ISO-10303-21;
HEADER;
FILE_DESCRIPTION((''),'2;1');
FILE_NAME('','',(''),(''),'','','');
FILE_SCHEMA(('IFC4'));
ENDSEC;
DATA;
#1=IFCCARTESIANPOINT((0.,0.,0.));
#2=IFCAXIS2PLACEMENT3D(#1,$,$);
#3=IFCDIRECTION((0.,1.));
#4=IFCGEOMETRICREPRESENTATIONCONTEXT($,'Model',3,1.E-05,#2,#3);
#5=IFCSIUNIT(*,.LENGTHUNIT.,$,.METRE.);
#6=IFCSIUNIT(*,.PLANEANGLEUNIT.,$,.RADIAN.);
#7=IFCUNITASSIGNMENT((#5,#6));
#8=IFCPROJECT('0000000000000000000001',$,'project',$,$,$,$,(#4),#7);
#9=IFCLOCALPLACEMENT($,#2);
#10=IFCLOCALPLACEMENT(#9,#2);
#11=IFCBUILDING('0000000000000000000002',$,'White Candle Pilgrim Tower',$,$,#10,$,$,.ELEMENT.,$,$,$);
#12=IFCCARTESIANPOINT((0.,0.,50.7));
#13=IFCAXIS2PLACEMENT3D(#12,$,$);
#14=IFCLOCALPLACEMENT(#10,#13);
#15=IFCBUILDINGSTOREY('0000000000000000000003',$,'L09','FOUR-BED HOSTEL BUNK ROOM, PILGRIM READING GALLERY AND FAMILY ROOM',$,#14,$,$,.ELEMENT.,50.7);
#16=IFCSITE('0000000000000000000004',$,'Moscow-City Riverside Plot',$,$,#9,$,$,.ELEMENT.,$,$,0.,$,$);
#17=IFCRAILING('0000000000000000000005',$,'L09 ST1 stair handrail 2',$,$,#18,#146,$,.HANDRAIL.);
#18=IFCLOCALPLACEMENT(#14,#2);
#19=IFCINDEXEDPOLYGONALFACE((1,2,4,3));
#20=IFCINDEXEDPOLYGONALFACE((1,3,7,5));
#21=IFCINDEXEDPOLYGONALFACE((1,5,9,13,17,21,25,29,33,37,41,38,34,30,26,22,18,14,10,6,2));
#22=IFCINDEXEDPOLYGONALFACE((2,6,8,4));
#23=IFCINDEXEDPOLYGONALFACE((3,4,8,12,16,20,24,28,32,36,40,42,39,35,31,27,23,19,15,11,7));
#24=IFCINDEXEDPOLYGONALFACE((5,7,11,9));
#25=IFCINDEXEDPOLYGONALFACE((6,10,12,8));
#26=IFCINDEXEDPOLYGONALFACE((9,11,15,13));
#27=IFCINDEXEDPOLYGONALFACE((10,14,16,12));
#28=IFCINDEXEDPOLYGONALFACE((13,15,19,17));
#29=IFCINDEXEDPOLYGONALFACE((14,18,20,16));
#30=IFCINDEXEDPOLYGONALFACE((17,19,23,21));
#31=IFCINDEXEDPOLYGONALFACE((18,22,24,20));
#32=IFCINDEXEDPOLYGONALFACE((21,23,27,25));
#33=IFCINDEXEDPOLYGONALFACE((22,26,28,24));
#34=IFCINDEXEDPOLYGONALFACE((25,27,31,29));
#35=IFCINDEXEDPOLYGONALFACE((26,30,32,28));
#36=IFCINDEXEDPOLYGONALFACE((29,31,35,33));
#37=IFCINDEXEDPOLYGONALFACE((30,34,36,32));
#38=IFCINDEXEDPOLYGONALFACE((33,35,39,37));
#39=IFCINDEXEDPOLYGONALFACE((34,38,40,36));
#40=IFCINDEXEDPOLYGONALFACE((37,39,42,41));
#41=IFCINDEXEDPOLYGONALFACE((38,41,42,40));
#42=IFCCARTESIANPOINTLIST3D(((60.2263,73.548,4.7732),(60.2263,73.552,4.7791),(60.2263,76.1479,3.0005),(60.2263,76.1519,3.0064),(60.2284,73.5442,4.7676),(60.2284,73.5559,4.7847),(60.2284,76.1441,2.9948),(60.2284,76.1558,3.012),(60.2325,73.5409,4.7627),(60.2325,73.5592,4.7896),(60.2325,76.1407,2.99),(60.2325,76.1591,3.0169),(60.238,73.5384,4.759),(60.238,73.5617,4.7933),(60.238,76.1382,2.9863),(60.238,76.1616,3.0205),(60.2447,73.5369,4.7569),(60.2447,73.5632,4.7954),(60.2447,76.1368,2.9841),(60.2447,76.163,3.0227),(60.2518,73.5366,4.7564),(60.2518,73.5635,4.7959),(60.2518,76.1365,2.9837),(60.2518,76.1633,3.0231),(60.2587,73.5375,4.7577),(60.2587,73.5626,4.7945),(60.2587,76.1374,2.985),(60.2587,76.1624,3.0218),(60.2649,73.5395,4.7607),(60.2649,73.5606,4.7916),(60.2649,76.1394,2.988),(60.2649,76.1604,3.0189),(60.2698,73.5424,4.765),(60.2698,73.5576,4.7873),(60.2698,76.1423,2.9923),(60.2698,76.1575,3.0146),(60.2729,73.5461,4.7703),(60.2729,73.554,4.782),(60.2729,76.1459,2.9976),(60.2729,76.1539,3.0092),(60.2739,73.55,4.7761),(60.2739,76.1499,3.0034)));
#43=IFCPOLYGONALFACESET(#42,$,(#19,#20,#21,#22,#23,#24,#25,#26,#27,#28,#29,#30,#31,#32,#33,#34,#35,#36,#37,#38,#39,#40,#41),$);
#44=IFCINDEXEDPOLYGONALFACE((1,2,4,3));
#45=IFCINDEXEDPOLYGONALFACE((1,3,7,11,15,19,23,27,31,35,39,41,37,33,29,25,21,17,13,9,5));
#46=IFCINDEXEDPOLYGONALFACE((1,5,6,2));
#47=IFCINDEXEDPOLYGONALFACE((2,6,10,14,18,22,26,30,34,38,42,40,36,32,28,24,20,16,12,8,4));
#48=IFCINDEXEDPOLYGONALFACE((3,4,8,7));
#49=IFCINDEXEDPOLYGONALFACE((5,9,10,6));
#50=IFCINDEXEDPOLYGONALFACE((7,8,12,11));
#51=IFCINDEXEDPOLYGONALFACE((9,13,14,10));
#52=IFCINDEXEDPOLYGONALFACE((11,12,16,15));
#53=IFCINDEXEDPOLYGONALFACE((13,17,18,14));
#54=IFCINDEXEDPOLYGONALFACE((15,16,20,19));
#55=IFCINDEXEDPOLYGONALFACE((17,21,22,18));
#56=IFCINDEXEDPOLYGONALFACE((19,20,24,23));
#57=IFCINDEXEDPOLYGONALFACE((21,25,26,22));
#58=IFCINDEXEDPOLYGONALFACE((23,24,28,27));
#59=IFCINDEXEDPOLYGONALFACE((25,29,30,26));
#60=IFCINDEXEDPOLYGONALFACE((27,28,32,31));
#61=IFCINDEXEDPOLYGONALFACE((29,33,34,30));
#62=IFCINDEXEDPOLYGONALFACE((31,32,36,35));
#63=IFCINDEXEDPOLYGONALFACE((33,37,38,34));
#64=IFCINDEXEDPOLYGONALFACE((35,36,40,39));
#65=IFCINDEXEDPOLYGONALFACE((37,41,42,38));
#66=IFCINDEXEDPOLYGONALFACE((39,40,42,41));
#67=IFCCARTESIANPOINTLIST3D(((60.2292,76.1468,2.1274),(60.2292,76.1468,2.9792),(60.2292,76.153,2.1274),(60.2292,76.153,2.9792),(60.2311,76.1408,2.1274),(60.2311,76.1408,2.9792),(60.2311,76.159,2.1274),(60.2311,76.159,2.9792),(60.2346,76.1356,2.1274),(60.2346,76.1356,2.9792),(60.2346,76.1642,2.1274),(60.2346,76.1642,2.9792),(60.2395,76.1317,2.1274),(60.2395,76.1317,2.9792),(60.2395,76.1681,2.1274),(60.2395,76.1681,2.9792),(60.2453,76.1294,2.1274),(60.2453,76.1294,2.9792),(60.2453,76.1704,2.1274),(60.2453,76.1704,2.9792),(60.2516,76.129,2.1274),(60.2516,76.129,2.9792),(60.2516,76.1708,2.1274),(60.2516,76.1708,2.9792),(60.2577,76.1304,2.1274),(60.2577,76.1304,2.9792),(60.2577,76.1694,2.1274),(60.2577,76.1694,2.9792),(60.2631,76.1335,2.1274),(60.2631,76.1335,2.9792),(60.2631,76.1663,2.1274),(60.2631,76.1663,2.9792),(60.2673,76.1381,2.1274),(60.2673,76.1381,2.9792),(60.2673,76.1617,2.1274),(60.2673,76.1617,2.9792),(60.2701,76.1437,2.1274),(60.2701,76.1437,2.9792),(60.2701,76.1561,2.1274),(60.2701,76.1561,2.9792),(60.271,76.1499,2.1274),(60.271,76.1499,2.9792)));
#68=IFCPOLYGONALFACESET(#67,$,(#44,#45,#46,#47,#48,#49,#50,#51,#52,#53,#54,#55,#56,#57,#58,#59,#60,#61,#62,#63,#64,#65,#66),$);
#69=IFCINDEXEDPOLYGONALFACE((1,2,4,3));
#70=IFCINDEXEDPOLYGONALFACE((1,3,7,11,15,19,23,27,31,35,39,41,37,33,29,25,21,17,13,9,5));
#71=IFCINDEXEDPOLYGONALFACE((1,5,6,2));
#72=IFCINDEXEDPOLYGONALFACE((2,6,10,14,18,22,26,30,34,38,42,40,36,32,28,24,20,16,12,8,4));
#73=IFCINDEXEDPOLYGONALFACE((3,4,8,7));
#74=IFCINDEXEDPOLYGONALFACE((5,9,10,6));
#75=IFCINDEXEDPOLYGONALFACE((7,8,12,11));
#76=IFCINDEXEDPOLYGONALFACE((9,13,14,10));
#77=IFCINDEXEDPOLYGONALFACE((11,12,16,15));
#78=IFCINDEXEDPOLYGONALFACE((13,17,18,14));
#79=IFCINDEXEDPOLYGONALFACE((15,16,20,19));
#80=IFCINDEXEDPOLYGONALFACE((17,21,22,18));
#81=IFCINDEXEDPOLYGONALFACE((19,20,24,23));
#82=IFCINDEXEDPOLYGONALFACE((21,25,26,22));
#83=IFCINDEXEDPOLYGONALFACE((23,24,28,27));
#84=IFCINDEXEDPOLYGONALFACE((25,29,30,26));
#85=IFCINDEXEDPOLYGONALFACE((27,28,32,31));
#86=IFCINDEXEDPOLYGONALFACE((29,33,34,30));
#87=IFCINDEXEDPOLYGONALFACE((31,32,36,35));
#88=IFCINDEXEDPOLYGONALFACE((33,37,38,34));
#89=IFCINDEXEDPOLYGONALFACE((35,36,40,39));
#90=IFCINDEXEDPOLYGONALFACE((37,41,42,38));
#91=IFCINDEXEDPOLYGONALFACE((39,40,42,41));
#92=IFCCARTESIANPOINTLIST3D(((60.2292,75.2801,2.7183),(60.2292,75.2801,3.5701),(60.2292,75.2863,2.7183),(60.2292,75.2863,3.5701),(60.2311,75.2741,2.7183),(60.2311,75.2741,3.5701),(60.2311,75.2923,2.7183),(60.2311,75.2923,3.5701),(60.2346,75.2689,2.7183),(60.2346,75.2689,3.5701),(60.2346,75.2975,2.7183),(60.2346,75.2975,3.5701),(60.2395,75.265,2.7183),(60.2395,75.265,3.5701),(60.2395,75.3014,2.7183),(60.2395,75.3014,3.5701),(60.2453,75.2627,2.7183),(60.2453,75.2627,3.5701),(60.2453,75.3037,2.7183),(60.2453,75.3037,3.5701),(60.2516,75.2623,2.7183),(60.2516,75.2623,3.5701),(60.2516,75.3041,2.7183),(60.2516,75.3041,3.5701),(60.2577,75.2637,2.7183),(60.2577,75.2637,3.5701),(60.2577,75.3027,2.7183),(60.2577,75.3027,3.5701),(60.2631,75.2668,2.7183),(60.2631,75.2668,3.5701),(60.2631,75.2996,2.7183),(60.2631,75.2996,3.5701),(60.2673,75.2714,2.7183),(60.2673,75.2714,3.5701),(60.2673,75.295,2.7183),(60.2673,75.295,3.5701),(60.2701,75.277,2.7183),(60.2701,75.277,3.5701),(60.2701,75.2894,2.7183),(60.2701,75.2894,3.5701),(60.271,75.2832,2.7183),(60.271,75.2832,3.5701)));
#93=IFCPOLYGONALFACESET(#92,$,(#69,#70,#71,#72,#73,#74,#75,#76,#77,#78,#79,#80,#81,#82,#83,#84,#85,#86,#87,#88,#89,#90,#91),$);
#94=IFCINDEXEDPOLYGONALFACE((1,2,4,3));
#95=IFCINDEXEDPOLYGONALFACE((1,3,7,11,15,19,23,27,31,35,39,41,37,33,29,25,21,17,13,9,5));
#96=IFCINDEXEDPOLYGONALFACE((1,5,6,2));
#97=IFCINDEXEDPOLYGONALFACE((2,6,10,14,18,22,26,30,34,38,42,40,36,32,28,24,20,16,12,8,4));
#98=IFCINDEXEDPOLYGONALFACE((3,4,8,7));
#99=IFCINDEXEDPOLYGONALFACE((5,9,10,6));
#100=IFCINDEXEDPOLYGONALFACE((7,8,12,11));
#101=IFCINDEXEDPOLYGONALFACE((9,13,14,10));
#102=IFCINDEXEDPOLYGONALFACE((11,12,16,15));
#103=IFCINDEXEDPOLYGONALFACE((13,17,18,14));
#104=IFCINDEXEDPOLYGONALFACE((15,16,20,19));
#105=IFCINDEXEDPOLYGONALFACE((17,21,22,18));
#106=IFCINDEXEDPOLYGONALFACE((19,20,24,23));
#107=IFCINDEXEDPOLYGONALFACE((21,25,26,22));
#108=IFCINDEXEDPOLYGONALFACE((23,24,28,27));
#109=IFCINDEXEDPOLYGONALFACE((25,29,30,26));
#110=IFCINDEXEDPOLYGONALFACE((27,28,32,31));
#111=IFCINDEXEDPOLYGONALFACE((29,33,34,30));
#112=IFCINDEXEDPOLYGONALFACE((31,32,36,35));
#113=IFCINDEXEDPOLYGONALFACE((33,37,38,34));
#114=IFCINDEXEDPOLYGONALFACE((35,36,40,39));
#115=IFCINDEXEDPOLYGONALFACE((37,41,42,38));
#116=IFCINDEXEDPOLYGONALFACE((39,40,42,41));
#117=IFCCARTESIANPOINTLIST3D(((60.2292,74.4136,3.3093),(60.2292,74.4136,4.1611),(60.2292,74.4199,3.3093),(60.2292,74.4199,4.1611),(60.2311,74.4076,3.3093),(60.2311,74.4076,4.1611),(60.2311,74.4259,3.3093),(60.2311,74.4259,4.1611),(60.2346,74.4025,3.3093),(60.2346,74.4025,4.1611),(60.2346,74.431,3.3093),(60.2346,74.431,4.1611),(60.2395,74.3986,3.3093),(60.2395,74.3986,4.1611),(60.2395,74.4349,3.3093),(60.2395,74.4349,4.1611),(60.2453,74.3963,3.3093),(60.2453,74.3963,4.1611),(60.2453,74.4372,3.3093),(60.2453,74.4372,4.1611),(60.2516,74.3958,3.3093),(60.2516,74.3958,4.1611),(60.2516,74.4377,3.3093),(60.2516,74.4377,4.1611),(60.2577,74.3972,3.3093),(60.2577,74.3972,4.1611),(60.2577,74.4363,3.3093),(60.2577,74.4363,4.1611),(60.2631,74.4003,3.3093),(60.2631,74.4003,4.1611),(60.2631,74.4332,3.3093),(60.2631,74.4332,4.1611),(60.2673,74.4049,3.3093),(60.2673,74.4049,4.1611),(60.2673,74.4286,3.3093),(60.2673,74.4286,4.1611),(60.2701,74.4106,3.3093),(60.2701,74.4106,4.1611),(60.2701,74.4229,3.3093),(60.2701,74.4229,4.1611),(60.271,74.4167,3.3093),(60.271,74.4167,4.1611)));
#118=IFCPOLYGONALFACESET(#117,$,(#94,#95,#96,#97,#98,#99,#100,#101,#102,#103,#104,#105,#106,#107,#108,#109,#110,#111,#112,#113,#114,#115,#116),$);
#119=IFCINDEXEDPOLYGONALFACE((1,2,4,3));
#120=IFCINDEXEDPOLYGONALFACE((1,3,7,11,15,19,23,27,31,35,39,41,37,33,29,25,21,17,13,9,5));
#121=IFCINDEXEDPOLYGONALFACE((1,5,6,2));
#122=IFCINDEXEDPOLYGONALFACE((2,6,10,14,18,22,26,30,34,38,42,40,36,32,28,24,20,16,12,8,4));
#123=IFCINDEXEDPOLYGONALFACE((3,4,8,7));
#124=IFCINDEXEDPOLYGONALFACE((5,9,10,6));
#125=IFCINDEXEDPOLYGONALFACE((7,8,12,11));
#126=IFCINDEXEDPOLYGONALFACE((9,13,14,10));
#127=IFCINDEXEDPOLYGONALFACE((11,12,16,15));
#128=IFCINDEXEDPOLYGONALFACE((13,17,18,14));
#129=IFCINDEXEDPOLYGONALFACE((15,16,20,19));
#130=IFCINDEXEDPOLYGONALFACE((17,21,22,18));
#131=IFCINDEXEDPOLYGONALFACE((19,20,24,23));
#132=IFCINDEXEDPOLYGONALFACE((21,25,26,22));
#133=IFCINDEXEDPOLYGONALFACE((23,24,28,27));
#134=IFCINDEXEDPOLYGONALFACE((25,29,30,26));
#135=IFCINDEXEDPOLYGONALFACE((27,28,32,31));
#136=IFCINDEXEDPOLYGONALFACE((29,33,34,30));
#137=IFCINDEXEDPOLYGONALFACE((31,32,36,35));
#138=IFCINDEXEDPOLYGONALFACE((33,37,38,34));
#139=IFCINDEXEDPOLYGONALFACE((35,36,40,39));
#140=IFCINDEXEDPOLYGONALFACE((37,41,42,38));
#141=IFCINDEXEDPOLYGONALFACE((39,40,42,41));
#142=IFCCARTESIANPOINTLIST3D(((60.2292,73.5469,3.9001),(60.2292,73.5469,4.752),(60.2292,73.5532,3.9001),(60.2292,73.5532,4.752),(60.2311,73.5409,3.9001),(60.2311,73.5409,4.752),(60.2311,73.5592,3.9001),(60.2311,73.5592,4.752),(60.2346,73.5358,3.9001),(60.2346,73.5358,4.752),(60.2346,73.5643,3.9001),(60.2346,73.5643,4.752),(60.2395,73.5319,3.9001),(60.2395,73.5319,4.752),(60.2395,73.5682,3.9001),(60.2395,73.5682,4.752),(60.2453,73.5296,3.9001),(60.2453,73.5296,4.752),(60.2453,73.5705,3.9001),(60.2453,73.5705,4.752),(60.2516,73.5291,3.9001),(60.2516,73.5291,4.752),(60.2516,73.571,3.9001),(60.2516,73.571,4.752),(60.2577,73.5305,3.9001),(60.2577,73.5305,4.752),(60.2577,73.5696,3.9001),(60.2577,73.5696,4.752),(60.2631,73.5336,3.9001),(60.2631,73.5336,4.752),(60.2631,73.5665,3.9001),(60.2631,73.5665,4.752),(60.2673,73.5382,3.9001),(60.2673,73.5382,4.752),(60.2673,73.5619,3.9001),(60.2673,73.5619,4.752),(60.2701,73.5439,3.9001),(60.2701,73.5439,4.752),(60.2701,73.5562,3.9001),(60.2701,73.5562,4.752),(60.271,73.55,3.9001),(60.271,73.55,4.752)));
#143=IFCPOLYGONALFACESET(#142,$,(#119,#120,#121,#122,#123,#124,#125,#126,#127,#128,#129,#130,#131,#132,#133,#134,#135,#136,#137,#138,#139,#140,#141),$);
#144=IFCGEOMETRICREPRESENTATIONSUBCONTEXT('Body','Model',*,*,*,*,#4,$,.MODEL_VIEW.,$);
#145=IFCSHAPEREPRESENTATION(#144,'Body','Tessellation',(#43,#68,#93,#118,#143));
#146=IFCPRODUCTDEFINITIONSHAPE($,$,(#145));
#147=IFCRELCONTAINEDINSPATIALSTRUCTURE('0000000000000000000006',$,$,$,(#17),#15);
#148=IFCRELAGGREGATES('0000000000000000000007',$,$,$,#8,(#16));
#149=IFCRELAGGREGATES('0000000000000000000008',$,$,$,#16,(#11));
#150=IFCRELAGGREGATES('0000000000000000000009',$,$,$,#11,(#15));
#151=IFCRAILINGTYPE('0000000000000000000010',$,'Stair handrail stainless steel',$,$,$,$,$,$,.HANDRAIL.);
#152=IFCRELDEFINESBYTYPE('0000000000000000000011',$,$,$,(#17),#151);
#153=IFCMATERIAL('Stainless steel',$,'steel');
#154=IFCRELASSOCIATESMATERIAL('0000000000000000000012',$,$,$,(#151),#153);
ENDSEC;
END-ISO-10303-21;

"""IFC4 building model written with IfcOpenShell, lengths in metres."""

from ifc_helpers import new_model, si_unit, direction, frame, origin, origin_2d, place, context, subcontext, project, spatial, circle, extrude, material, type_object, element, save


model = new_model("IFC4")

# Units and contexts
model_context = context("Model", 3, precision=1e-05, world=origin(), true_north=direction((0.0, 1.0)))
body_context = subcontext(model_context, "Body", "Model", "MODEL_VIEW")
ifc_project = project(units=[si_unit("LENGTHUNIT", "METRE"), si_unit("PLANEANGLEUNIT", "RADIAN")], contexts=[model_context])

# Site, building, storey
site_placement = place(None, origin())
site = spatial("IfcSite", under=ifc_project, at=site_placement, Name="Moscow-City Riverside Plot", CompositionType="ELEMENT", RefElevation=0.0)
building_placement = place(site_placement, origin())
building = spatial("IfcBuilding", under=site, at=building_placement, Name="White Candle Pilgrim Tower", CompositionType="ELEMENT")
storey_placement = place(building_placement, frame((0.0, 0.0, 50.7)))
storey = spatial("IfcBuildingStorey", under=building, at=storey_placement, Name="L09", Description="FOUR-BED HOSTEL BUNK ROOM, PILGRIM READING GALLERY AND FAMILY ROOM", CompositionType="ELEMENT", Elevation=50.7)

# Railing
ifc_material_1 = material(Name="Stainless steel", Category="steel")
railing_type_1 = type_object("IfcRailingType", Name="Stair handrail stainless steel", PredefinedType="HANDRAIL", material=ifc_material_1)
railing_1_placement = place(storey_placement, frame((60.25, 76.1499, 2.1274)))
element("IfcRailing", 1, at=railing_1_placement, inside=storey, type_object=railing_type_1, Name="L09 ST1 stair handrail 2", PredefinedType="HANDRAIL", context=body_context, shape_type="SweptSolid", body=[
    extrude(circle(Radius=0.0239, at=origin_2d()), frame((0.0, 0.0, 0.876), z_axis=(0.0, -0.826216, 0.563354), x_axis=(1.0, 0.0, 0.0)), (0.0, 0.0, 1.0), 3.1467),
    extrude(circle(Radius=0.021, at=origin_2d()), origin(), (0.0, 0.0, 1.0), 0.8518),
    extrude(circle(Radius=0.021, at=origin_2d()), frame((0.0, -0.8667, 0.5908)), (0.0, 0.0, 1.0), 0.8518),
    extrude(circle(Radius=0.021, at=origin_2d()), frame((0.0, -1.7332, 1.1819)), (0.0, 0.0, 1.0), 0.8518),
    extrude(circle(Radius=0.021, at=origin_2d()), frame((0.0, -2.5999, 1.7727)), (0.0, 0.0, 1.0), 0.8518),
])

save(model, "model.ifc")
